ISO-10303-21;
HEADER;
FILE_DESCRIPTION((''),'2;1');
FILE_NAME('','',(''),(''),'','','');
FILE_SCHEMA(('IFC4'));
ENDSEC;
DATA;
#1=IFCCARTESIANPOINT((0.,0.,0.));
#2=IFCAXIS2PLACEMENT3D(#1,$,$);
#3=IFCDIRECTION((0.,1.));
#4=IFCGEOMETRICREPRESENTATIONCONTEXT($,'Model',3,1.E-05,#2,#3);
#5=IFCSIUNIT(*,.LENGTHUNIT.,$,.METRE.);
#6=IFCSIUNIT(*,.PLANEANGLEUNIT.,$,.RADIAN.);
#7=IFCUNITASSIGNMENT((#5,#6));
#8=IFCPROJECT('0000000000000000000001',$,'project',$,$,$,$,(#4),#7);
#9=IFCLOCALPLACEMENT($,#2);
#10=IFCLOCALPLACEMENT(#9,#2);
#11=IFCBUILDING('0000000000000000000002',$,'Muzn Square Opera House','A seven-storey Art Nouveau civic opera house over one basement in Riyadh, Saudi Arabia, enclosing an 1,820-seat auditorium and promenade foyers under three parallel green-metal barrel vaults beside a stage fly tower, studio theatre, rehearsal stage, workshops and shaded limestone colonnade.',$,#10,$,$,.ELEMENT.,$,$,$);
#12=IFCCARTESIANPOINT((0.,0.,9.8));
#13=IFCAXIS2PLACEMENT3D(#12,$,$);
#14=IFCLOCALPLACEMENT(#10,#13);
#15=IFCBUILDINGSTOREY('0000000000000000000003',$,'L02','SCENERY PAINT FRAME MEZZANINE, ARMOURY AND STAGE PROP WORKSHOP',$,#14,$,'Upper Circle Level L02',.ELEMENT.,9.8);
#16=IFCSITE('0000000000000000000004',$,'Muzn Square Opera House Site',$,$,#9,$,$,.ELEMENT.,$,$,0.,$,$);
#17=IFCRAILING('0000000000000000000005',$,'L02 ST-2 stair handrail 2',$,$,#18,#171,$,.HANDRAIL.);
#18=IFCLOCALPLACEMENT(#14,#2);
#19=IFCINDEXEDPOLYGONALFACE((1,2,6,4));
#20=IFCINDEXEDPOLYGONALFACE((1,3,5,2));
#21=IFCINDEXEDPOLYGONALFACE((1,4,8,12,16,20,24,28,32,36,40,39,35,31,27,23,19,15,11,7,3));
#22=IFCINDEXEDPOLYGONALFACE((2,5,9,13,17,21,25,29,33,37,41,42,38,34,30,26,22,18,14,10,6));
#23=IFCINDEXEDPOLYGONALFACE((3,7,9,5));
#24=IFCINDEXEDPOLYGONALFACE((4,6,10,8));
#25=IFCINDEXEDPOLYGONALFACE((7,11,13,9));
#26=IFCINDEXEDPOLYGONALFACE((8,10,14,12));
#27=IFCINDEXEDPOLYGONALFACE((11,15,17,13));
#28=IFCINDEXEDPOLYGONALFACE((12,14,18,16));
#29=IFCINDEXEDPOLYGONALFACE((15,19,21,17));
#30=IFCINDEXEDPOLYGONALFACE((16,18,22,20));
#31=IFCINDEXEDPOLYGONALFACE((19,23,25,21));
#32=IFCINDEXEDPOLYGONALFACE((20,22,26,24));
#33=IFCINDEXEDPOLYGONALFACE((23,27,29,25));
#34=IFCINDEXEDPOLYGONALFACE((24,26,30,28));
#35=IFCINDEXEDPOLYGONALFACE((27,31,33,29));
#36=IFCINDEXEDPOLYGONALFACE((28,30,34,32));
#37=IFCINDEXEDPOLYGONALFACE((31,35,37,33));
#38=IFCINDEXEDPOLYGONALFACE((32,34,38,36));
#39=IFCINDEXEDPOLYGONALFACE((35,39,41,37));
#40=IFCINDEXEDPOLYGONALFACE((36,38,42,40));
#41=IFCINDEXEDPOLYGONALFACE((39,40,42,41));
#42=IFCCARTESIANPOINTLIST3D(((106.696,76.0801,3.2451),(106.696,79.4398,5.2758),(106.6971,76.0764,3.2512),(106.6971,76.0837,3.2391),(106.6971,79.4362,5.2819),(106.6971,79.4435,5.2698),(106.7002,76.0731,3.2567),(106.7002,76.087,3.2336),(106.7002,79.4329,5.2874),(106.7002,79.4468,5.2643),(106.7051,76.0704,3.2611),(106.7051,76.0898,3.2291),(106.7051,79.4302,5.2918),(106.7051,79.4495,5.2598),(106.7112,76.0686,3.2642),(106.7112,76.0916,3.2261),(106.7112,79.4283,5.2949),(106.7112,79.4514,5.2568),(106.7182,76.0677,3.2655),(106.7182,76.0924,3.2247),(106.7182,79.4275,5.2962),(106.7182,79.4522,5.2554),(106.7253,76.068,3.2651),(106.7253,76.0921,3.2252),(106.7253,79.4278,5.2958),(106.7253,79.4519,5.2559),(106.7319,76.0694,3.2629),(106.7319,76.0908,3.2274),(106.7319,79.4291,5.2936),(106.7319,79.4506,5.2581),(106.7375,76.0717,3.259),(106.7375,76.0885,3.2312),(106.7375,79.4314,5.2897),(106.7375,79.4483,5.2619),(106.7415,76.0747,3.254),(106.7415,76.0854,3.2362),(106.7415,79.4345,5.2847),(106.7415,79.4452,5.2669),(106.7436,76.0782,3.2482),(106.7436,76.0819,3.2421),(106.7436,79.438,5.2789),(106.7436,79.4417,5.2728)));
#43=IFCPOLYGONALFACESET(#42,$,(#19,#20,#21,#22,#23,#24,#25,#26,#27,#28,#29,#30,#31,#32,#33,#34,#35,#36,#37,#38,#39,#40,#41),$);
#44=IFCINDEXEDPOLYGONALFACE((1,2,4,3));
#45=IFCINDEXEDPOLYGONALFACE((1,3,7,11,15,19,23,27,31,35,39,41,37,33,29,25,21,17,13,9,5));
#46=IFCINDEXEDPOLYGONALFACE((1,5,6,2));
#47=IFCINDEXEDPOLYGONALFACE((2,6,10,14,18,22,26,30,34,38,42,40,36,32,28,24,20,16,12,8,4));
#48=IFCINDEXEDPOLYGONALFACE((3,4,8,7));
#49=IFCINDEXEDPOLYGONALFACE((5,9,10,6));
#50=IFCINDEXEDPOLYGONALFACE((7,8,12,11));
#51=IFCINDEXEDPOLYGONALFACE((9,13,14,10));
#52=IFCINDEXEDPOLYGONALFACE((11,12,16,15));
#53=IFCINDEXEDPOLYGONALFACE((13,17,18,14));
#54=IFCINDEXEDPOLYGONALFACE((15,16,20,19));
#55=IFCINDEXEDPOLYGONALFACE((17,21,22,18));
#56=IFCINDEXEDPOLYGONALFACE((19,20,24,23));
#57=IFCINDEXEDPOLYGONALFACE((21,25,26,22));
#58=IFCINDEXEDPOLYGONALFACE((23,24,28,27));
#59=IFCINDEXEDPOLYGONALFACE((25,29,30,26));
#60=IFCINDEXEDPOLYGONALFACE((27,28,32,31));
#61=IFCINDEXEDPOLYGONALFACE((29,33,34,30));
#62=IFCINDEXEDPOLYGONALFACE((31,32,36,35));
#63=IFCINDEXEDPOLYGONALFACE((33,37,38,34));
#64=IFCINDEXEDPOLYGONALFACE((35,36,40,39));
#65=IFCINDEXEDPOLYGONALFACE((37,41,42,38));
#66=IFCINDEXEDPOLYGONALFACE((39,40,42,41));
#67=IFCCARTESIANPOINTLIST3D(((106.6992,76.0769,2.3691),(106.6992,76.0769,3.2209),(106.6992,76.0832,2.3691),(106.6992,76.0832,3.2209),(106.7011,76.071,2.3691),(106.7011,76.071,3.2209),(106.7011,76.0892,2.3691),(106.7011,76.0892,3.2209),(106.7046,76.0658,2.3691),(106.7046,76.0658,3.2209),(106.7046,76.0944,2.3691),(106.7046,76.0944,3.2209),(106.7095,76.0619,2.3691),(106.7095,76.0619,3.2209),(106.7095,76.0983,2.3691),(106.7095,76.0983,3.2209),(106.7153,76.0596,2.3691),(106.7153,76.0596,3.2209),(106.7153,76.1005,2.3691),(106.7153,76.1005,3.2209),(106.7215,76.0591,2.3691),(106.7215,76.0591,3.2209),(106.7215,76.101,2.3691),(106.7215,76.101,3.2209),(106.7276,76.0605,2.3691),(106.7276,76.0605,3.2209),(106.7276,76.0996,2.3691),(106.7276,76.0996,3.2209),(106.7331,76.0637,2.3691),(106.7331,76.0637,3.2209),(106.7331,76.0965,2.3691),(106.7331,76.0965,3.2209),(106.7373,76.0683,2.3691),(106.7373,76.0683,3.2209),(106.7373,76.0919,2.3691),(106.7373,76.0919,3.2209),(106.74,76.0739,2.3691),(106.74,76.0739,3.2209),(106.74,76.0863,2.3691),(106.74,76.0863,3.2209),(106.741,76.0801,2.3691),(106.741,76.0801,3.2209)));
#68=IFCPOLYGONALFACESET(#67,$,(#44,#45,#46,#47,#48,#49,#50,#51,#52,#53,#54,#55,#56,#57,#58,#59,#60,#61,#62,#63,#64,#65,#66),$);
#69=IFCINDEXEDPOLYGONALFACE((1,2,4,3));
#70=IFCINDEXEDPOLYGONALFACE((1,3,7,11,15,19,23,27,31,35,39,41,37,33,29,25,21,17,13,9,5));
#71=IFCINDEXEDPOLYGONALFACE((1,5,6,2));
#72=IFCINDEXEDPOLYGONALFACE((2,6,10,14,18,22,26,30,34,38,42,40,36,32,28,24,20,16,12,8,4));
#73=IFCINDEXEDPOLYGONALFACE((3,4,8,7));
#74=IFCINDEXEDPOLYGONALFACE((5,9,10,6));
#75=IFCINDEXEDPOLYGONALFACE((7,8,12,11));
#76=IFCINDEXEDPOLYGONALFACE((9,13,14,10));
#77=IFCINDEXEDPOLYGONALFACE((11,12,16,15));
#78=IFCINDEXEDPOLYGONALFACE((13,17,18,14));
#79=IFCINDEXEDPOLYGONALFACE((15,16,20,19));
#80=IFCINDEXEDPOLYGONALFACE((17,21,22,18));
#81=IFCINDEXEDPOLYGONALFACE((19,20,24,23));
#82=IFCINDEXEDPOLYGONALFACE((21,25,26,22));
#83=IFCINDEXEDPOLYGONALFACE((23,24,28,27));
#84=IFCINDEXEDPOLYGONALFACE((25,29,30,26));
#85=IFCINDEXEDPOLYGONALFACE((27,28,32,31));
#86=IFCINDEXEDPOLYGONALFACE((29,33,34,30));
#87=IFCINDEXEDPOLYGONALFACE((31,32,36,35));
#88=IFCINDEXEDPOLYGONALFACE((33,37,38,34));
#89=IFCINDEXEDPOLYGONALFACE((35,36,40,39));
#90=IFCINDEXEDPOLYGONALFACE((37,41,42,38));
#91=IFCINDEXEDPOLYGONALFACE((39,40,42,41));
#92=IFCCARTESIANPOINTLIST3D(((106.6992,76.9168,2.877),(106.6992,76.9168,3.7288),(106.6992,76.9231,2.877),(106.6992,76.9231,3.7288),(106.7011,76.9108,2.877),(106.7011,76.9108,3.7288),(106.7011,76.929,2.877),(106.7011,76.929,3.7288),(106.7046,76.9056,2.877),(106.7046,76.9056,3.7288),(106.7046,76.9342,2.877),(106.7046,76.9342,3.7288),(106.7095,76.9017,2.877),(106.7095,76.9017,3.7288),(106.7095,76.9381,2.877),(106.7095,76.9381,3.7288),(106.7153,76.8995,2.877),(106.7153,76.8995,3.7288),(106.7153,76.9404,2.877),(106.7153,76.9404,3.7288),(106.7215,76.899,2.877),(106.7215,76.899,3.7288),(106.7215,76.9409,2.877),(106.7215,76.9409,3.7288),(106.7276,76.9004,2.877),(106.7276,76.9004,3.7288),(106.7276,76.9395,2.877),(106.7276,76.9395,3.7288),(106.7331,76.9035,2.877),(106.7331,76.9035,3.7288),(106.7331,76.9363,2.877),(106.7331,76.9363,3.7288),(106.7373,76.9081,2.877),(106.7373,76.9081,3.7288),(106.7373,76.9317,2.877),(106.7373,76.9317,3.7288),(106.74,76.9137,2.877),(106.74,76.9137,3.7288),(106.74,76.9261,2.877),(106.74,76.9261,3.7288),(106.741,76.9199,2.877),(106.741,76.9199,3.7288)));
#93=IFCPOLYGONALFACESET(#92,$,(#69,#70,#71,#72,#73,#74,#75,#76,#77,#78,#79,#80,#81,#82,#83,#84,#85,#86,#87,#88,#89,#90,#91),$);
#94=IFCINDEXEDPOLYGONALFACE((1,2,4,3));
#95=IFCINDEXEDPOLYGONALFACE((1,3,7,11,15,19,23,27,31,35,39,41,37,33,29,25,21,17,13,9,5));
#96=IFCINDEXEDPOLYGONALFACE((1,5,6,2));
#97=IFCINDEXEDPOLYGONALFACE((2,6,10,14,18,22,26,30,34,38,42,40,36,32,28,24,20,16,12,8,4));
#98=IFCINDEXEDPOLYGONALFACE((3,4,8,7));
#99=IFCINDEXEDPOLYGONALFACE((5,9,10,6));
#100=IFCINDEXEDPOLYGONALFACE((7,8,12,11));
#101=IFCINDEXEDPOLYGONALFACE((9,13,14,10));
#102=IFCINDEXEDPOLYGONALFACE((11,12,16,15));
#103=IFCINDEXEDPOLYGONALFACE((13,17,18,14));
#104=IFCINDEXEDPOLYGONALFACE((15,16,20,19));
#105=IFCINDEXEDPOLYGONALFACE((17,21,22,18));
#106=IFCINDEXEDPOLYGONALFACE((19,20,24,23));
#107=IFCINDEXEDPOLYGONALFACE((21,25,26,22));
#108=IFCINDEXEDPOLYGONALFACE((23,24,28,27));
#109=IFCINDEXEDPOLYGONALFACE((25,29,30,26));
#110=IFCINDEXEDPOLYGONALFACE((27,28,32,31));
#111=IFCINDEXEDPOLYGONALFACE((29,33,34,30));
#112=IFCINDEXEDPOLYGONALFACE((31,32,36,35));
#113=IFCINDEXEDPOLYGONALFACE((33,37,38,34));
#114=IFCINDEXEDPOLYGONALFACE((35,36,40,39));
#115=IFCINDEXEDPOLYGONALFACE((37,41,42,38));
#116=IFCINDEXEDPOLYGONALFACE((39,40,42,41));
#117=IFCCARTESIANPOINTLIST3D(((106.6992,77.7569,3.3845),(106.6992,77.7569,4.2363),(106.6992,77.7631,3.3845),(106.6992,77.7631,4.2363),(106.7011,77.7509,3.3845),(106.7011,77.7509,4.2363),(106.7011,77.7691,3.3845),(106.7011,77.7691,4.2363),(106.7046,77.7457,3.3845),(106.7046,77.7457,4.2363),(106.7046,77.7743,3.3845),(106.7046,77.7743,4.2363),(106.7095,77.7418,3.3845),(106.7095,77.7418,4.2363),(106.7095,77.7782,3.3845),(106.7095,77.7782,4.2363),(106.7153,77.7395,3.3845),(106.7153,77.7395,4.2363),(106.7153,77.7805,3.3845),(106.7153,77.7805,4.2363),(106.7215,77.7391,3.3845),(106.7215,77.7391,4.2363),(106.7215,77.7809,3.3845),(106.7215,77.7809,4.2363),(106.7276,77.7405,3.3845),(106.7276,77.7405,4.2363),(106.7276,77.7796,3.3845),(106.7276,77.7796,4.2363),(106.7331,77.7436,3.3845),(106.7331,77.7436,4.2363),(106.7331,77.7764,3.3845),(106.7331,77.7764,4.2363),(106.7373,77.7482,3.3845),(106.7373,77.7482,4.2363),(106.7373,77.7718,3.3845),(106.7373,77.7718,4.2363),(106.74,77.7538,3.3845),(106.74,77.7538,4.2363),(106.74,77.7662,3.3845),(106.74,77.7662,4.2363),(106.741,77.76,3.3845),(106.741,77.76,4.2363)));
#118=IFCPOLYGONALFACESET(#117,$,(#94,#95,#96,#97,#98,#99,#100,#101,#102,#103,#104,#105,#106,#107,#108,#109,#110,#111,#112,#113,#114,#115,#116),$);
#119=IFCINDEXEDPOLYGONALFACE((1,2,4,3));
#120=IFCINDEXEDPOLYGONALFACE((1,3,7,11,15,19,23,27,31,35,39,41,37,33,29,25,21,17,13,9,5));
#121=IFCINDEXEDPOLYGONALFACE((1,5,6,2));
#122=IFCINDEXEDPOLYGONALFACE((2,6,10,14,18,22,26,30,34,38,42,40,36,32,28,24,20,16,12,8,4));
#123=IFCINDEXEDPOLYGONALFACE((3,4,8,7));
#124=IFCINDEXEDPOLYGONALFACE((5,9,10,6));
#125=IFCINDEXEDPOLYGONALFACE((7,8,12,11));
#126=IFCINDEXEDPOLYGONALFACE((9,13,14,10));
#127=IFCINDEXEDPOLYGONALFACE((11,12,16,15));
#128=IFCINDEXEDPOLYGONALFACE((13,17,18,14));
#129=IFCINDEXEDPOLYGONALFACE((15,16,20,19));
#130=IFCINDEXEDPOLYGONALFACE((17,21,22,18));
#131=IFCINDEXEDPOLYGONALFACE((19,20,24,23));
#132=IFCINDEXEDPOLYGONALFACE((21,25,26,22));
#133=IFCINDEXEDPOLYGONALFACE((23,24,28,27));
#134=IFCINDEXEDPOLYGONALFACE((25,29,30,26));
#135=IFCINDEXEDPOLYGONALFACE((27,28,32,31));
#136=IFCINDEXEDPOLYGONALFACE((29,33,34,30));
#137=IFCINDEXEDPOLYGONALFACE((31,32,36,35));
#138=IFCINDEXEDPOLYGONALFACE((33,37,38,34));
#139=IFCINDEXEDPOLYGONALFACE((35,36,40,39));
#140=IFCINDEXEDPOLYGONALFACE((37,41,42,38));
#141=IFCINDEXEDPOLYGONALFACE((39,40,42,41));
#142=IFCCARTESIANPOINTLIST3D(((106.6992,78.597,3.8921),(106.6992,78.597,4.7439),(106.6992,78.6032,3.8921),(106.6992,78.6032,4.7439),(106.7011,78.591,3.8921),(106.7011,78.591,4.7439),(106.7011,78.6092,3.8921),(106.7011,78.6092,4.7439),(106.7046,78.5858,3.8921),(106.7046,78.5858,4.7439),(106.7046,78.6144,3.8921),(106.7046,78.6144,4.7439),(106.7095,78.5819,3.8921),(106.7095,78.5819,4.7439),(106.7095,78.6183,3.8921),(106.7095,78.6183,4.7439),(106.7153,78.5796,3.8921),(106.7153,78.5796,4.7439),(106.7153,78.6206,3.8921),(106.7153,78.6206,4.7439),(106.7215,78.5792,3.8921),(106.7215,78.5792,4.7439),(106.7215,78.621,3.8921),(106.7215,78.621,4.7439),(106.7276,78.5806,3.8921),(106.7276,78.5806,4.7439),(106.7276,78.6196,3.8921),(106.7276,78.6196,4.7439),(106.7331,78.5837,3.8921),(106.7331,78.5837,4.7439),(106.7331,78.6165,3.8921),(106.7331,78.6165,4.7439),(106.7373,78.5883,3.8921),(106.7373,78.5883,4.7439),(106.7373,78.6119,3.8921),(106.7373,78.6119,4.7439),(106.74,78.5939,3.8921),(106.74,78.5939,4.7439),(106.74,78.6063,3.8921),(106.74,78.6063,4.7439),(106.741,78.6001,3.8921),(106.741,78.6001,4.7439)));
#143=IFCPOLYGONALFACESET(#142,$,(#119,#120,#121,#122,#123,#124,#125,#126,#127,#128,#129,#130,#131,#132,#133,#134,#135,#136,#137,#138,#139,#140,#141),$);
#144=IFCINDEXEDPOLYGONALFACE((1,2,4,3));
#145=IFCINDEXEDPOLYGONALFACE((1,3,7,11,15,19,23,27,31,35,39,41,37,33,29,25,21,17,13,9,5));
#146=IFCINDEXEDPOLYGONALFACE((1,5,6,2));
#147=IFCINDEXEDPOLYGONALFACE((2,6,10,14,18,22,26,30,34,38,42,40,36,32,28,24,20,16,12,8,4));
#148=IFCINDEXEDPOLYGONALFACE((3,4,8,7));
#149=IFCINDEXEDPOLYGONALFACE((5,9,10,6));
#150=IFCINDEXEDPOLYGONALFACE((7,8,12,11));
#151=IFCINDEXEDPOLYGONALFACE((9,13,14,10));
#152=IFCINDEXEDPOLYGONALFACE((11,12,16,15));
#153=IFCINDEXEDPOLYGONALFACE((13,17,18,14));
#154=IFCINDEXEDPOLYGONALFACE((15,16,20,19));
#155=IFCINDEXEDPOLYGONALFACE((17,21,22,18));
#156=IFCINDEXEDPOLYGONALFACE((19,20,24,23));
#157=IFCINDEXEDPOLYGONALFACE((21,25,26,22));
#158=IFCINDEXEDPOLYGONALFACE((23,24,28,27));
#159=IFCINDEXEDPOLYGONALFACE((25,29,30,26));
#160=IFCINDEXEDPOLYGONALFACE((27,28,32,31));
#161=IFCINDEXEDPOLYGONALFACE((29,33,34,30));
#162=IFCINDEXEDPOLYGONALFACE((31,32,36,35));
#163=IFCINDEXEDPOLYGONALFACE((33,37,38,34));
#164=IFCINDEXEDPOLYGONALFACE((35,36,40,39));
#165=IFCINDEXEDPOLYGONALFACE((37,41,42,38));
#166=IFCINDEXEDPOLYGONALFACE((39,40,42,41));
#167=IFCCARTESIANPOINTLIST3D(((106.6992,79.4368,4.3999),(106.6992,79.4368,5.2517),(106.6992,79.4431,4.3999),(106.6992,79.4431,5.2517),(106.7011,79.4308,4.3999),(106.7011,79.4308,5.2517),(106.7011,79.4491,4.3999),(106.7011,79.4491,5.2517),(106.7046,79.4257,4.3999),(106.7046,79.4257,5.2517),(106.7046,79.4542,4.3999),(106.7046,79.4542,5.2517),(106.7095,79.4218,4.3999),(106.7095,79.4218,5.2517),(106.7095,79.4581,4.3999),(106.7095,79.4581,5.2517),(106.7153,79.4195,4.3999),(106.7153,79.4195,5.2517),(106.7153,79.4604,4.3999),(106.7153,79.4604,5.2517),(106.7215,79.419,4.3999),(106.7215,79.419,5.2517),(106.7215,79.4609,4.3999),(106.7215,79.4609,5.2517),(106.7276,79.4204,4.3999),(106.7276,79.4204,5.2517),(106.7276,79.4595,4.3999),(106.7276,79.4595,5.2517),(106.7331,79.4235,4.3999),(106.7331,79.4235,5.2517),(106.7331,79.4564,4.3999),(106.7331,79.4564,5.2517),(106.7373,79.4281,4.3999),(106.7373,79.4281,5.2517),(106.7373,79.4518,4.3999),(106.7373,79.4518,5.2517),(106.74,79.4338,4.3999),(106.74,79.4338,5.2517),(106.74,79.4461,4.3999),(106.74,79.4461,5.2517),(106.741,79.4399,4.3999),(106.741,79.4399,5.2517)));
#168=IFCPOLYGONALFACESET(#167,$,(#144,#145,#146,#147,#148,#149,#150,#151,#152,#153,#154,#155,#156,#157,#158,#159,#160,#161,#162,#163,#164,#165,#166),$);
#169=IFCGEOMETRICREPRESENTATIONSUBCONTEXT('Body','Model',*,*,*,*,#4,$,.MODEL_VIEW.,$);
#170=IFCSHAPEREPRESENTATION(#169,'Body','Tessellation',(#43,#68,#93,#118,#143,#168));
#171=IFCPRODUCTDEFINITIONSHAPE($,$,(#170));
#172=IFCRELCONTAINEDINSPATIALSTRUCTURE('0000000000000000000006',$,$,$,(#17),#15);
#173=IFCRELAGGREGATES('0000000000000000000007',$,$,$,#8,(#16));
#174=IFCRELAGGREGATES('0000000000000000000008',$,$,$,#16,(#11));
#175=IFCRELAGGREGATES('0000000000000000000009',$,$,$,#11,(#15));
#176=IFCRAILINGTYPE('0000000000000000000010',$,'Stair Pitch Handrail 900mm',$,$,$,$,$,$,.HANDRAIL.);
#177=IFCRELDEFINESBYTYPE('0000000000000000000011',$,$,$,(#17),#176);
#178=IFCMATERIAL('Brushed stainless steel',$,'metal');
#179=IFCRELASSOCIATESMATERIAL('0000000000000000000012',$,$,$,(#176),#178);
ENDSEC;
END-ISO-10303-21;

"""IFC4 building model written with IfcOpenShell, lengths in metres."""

from ifc_helpers import new_model, si_unit, direction, frame, origin, origin_2d, place, context, subcontext, project, spatial, circle, extrude, material, type_object, element, save


model = new_model("IFC4")

# Units and contexts
model_context = context("Model", 3, precision=1e-05, world=origin(), true_north=direction((0.0, 1.0)))
body_context = subcontext(model_context, "Body", "Model", "MODEL_VIEW")
ifc_project = project(units=[si_unit("LENGTHUNIT", "METRE"), si_unit("PLANEANGLEUNIT", "RADIAN")], contexts=[model_context])

# Site, building, storey
site_placement = place(None, origin())
site = spatial("IfcSite", under=ifc_project, at=site_placement, Name="Muzn Square Opera House Site", CompositionType="ELEMENT", RefElevation=0.0)
building_placement = place(site_placement, origin())
building = spatial("IfcBuilding", under=site, at=building_placement, Name="Muzn Square Opera House", Description="A seven-storey Art Nouveau civic opera house over one basement in Riyadh, Saudi Arabia, enclosing an 1,820-seat auditorium and promenade foyers under three parallel green-metal barrel vaults beside a stage fly tower, studio theatre, rehearsal stage, workshops and shaded limestone colonnade.", CompositionType="ELEMENT")
storey_placement = place(building_placement, frame((0.0, 0.0, 9.8)))
storey = spatial("IfcBuildingStorey", under=building, at=storey_placement, Name="L02", Description="SCENERY PAINT FRAME MEZZANINE, ARMOURY AND STAGE PROP WORKSHOP", LongName="Upper Circle Level L02", CompositionType="ELEMENT", Elevation=9.8)

# Railing
ifc_material_1 = material(Name="Brushed stainless steel", Category="metal")
railing_type_1 = type_object("IfcRailingType", Name="Stair Pitch Handrail 900mm", PredefinedType="HANDRAIL", material=ifc_material_1)
railing_1_placement = place(storey_placement, frame((106.72, 76.0801, 2.3691)))
element("IfcRailing", 1, at=railing_1_placement, inside=storey, type_object=railing_type_1, Name="L02 ST-2 stair handrail 2", PredefinedType="HANDRAIL", context=body_context, shape_type="SweptSolid", body=[
    extrude(circle(Radius=0.0239, at=origin_2d()), frame((0.0, 0.0, 0.876), z_axis=(0.0, 0.85582, 0.517273), x_axis=(-1.0, 0.0, 0.0)), (0.0, 0.0, 1.0), 3.9258),
    extrude(circle(Radius=0.021, at=origin_2d()), origin(), (0.0, 0.0, 1.0), 0.8518),
    extrude(circle(Radius=0.021, at=origin_2d()), frame((0.0, 0.8398, 0.5078)), (0.0, 0.0, 1.0), 0.8518),
    extrude(circle(Radius=0.021, at=origin_2d()), frame((0.0, 1.6799, 1.0154)), (0.0, 0.0, 1.0), 0.8518),
    extrude(circle(Radius=0.021, at=origin_2d()), frame((0.0, 2.52, 1.5229)), (0.0, 0.0, 1.0), 0.8518),
    extrude(circle(Radius=0.021, at=origin_2d()), frame((0.0, 3.3599, 2.0308)), (0.0, 0.0, 1.0), 0.8518),
])

save(model, "model.ifc")
